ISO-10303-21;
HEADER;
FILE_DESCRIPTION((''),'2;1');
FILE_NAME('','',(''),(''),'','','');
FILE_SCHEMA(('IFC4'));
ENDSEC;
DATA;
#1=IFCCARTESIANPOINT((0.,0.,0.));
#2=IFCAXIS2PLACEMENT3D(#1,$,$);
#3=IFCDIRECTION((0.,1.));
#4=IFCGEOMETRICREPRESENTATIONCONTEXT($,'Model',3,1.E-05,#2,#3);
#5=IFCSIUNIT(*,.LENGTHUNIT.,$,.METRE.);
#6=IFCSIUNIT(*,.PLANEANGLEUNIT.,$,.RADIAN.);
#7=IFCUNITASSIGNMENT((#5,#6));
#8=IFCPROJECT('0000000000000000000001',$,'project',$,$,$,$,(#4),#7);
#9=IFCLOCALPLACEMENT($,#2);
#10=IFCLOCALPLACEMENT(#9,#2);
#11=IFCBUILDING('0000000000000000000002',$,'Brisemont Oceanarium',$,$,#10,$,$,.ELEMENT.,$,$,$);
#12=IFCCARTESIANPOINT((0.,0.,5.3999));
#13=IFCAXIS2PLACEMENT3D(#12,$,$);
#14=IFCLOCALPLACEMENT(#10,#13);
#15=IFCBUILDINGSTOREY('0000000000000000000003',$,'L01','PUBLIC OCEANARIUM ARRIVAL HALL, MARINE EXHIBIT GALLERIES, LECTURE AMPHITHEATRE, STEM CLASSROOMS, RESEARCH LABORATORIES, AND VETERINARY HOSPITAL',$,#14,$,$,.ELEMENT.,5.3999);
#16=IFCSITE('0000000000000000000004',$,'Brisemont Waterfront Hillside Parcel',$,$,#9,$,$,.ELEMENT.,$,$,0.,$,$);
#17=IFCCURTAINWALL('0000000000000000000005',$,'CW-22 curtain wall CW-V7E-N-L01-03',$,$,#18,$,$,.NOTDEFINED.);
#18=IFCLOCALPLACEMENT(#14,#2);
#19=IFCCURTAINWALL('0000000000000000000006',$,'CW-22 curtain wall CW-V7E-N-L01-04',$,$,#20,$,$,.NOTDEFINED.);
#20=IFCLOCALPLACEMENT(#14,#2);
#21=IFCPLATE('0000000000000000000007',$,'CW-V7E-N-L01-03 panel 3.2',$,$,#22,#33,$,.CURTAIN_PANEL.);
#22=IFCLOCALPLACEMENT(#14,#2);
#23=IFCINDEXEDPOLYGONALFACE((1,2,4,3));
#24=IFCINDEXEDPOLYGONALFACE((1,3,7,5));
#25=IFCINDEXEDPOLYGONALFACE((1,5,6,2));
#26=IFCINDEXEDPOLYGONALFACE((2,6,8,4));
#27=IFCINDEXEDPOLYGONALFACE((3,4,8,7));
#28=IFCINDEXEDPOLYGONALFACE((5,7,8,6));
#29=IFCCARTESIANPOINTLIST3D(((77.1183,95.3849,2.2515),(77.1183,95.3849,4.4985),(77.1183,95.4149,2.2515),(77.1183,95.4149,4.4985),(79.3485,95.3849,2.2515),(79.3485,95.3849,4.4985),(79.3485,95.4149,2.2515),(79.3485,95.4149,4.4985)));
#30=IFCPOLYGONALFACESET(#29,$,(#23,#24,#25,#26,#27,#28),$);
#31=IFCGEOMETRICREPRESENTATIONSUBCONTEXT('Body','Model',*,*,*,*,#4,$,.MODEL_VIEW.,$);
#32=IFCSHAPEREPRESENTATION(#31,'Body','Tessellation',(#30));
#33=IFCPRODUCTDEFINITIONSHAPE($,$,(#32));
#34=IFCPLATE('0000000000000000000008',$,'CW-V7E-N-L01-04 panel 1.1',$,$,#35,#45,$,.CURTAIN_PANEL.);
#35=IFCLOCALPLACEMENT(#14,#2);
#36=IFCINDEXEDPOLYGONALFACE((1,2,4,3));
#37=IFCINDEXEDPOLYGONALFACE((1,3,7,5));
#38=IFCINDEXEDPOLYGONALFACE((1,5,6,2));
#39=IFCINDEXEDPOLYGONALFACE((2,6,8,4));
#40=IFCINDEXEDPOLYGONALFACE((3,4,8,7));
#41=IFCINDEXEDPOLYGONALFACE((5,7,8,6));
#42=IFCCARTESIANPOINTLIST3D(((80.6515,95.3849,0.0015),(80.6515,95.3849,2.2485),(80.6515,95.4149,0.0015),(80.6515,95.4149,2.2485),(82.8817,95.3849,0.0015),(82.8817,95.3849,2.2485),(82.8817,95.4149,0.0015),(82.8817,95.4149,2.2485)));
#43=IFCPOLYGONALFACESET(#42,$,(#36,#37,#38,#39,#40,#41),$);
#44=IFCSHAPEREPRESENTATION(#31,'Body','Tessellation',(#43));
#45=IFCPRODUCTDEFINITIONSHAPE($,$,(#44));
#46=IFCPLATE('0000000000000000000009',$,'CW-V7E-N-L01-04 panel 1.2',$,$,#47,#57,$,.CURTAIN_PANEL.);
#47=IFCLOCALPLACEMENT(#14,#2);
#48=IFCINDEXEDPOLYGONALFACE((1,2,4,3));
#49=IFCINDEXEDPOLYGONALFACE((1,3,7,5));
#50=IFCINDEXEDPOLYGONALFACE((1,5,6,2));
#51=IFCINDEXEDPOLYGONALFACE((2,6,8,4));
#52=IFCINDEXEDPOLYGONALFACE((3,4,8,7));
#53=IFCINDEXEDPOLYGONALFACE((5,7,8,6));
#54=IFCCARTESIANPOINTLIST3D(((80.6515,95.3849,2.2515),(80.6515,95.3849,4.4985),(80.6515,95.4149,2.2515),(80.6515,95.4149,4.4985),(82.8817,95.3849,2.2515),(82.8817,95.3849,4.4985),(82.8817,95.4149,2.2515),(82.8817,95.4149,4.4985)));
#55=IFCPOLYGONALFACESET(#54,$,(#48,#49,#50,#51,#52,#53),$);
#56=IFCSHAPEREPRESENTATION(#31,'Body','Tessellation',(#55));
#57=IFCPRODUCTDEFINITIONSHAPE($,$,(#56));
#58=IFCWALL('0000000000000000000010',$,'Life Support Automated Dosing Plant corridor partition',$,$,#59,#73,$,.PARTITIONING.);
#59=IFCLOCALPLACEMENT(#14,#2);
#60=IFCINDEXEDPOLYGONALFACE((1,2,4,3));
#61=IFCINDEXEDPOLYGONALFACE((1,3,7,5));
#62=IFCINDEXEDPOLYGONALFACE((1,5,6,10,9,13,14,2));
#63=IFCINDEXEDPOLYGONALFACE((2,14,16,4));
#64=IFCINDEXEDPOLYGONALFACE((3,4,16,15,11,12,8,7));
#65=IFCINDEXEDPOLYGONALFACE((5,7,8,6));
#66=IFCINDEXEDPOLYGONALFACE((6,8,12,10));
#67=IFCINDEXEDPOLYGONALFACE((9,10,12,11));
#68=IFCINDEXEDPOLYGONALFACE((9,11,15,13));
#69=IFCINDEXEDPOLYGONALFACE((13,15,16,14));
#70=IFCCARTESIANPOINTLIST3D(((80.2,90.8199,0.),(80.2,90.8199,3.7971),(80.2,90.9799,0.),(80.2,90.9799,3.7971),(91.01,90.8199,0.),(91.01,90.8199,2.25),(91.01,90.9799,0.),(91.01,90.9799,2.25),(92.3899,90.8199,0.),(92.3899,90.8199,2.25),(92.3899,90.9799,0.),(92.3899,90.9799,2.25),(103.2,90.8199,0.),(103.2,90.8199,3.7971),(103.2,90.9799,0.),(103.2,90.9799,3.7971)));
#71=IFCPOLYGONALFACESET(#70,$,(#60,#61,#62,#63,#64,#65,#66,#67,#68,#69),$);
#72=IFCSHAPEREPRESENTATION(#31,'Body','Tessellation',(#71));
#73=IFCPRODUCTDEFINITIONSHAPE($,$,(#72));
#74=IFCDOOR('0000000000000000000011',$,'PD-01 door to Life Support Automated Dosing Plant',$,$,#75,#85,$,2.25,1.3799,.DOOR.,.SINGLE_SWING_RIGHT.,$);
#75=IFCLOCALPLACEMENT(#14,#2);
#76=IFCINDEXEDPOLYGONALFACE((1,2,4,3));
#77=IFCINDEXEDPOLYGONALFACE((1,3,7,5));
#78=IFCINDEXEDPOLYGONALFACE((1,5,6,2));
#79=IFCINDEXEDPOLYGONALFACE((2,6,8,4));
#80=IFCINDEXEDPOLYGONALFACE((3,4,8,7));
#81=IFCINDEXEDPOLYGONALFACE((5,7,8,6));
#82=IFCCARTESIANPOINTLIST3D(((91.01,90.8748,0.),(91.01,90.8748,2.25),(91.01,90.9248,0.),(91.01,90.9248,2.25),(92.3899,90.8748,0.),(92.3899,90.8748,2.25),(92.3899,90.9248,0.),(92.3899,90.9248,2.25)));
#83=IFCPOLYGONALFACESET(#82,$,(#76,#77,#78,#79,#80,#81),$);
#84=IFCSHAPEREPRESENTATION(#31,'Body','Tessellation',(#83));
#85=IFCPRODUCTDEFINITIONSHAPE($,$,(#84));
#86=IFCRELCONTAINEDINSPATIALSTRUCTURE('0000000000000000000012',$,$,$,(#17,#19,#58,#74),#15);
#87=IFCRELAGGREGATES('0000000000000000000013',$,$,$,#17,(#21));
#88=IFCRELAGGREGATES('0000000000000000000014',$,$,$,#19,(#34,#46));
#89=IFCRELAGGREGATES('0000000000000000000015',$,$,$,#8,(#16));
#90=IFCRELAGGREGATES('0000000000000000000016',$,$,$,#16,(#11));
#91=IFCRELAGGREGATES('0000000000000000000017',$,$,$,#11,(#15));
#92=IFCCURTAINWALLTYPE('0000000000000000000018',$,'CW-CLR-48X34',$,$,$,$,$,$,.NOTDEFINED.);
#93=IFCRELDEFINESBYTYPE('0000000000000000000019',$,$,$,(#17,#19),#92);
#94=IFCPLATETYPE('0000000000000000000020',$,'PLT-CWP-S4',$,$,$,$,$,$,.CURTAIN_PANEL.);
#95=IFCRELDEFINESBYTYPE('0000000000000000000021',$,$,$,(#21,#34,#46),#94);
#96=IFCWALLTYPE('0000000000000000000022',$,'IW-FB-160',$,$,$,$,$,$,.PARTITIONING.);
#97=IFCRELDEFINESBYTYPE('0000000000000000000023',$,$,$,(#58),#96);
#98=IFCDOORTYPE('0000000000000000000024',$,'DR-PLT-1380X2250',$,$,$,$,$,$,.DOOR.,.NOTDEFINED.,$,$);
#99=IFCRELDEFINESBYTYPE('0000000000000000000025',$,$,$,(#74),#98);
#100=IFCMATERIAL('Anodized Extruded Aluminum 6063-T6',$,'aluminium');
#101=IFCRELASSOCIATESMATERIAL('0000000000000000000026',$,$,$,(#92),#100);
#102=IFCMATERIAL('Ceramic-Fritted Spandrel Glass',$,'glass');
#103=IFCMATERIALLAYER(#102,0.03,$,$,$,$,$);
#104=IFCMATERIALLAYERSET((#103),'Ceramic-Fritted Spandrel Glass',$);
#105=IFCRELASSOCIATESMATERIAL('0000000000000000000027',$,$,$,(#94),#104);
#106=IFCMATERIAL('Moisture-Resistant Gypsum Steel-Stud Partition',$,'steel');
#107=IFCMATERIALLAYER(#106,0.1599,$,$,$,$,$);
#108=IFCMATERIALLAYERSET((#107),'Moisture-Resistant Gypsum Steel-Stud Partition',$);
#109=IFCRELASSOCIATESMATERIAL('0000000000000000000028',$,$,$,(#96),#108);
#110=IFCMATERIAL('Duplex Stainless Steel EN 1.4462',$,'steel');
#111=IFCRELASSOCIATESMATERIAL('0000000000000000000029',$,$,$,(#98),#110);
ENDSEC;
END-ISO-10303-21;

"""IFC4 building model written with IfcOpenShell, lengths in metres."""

from ifc_helpers import new_model, si_unit, direction, frame, frame_2d, origin, origin_2d, place, context, subcontext, project, spatial, rectangle, extrude, material, layer, layer_set, type_object, element, fill, aggregate, save


model = new_model("IFC4")

# Units and contexts
model_context = context("Model", 3, precision=1e-05, world=origin(), true_north=direction((0.0, 1.0)))
body_context = subcontext(model_context, "Body", "Model", "MODEL_VIEW")
ifc_project = project(units=[si_unit("LENGTHUNIT", "METRE"), si_unit("PLANEANGLEUNIT", "RADIAN")], contexts=[model_context])

# Site, building, storey
site_placement = place(None, origin())
site = spatial("IfcSite", under=ifc_project, at=site_placement, Name="Brisemont Waterfront Hillside Parcel", CompositionType="ELEMENT", RefElevation=0.0)
building_placement = place(site_placement, origin())
building = spatial("IfcBuilding", under=site, at=building_placement, Name="Brisemont Oceanarium", CompositionType="ELEMENT")
storey_placement = place(building_placement, frame((0.0, 0.0, 5.3999)))
storey = spatial("IfcBuildingStorey", under=building, at=storey_placement, Name="L01", Description="PUBLIC OCEANARIUM ARRIVAL HALL, MARINE EXHIBIT GALLERIES, LECTURE AMPHITHEATRE, STEM CLASSROOMS, RESEARCH LABORATORIES, AND VETERINARY HOSPITAL", CompositionType="ELEMENT", Elevation=5.3999)

# Curtain wall
ifc_material_1 = material(Name="Anodized Extruded Aluminum 6063-T6", Category="aluminium")
curtain_wall_type = type_object("IfcCurtainWallType", Name="CW-CLR-48X34", PredefinedType="NOTDEFINED", material=ifc_material_1)
curtain_wall_1_placement = place(storey_placement, origin())
curtain_wall_1 = element("IfcCurtainWall", 1, at=curtain_wall_1_placement, inside=storey, type_object=curtain_wall_type, Name="CW-22 curtain wall CW-V7E-N-L01-03", PredefinedType="NOTDEFINED")

# Curtain wall
curtain_wall_2_placement = place(storey_placement, origin())
curtain_wall_2 = element("IfcCurtainWall", 2, at=curtain_wall_2_placement, inside=storey, type_object=curtain_wall_type, Name="CW-22 curtain wall CW-V7E-N-L01-04", PredefinedType="NOTDEFINED")

# Plates
ifc_material_2 = material(Name="Ceramic-Fritted Spandrel Glass", Category="glass")
ifc_layer_1 = layer(ifc_material_2, 0.03)
ifc_layer_set_1 = layer_set([ifc_layer_1], Name="Ceramic-Fritted Spandrel Glass")
plate_type = type_object("IfcPlateType", Name="PLT-CWP-S4", PredefinedType="CURTAIN_PANEL", material=ifc_layer_set_1)
plate_1_placement = place(storey_placement, frame((78.2334, 95.3999, 2.2515), z_axis=(0.0, 0.0, 1.0), x_axis=(1.0, 0.0, 0.0)))
plate_1 = element("IfcPlate", 3, at=plate_1_placement, type_object=plate_type, Name="CW-V7E-N-L01-03 panel 3.2", PredefinedType="CURTAIN_PANEL", context=body_context, shape_type="SweptSolid", body=[
    extrude(rectangle(XDim=2.2302, YDim=0.03, at=origin_2d()), origin(), (0.0, 0.0, 1.0), 2.2471),
])
aggregate(curtain_wall_1, [plate_1])
plate_2_placement = place(storey_placement, frame((81.7666, 95.3999, 0.0015), z_axis=(0.0, 0.0, 1.0), x_axis=(1.0, 0.0, 0.0)))
plate_2 = element("IfcPlate", 4, at=plate_2_placement, type_object=plate_type, Name="CW-V7E-N-L01-04 panel 1.1", PredefinedType="CURTAIN_PANEL", context=body_context, shape_type="SweptSolid", body=[
    extrude(rectangle(XDim=2.2302, YDim=0.03, at=origin_2d()), origin(), (0.0, 0.0, 1.0), 2.2471),
])
plate_3_placement = place(storey_placement, frame((81.7666, 95.3999, 2.2515), z_axis=(0.0, 0.0, 1.0), x_axis=(1.0, 0.0, 0.0)))
plate_3 = element("IfcPlate", 5, at=plate_3_placement, type_object=plate_type, Name="CW-V7E-N-L01-04 panel 1.2", PredefinedType="CURTAIN_PANEL", context=body_context, shape_type="SweptSolid", body=[
    extrude(rectangle(XDim=2.2302, YDim=0.03, at=origin_2d()), origin(), (0.0, 0.0, 1.0), 2.2471),
])
aggregate(curtain_wall_2, [plate_2, plate_3])

# Wall, opening, door
ifc_material_3 = material(Name="Moisture-Resistant Gypsum Steel-Stud Partition", Category="steel")
ifc_layer_2 = layer(ifc_material_3, 0.1599)
ifc_layer_set_2 = layer_set([ifc_layer_2], Name="Moisture-Resistant Gypsum Steel-Stud Partition")
wall_type = type_object("IfcWallType", Name="IW-FB-160", PredefinedType="PARTITIONING", material=ifc_layer_set_2)
wall_placement = place(storey_placement, frame((80.2, 90.8999, 0.0), z_axis=(0.0, 0.0, 1.0), x_axis=(1.0, 0.0, 0.0)))
wall = element("IfcWall", 6, at=wall_placement, inside=storey, type_object=wall_type, Name="Life Support Automated Dosing Plant corridor partition", PredefinedType="PARTITIONING", context=body_context, shape_type="SweptSolid", body=[
    extrude(rectangle(XDim=23.0, YDim=0.1599, at=frame_2d((11.5, 0.0))), origin(), (0.0, 0.0, 1.0), 3.7971),
])
opening_placement = place(wall_placement, frame((10.8101, 0.0, 0.0)))
opening = element("IfcOpeningElement", 7, at=opening_placement, cuts=wall, PredefinedType="OPENING", context=body_context, shape_type="SweptSolid", body=[
    extrude(rectangle(XDim=1.3799, YDim=2.25, at=frame_2d((0.6899, 1.125))), frame((0.0, 0.0898, 0.0), z_axis=(0.0, -1.0, 0.0), x_axis=(1.0, 0.0, 0.0)), (0.0, 0.0, 1.0), 0.1799),
])
ifc_material_4 = material(Name="Duplex Stainless Steel EN 1.4462", Category="steel")
door_type = type_object("IfcDoorType", Name="DR-PLT-1380X2250", OperationType="NOTDEFINED", PredefinedType="DOOR", material=ifc_material_4)
door_placement = place(opening_placement, origin())
door = element("IfcDoor", 8, at=door_placement, inside=storey, type_object=door_type, Name="PD-01 door to Life Support Automated Dosing Plant", OperationType="SINGLE_SWING_RIGHT", OverallHeight=2.25, OverallWidth=1.3799, PredefinedType="DOOR", context=body_context, shape_type="SweptSolid", body=[
    extrude(rectangle(XDim=1.3799, YDim=2.25, at=frame_2d((0.6899, 1.125))), frame((0.0, 0.0249, 0.0), z_axis=(0.0, -1.0, 0.0), x_axis=(1.0, 0.0, 0.0)), (0.0, 0.0, 1.0), 0.05),
])
fill(opening, door)

save(model, "model.ifc")
